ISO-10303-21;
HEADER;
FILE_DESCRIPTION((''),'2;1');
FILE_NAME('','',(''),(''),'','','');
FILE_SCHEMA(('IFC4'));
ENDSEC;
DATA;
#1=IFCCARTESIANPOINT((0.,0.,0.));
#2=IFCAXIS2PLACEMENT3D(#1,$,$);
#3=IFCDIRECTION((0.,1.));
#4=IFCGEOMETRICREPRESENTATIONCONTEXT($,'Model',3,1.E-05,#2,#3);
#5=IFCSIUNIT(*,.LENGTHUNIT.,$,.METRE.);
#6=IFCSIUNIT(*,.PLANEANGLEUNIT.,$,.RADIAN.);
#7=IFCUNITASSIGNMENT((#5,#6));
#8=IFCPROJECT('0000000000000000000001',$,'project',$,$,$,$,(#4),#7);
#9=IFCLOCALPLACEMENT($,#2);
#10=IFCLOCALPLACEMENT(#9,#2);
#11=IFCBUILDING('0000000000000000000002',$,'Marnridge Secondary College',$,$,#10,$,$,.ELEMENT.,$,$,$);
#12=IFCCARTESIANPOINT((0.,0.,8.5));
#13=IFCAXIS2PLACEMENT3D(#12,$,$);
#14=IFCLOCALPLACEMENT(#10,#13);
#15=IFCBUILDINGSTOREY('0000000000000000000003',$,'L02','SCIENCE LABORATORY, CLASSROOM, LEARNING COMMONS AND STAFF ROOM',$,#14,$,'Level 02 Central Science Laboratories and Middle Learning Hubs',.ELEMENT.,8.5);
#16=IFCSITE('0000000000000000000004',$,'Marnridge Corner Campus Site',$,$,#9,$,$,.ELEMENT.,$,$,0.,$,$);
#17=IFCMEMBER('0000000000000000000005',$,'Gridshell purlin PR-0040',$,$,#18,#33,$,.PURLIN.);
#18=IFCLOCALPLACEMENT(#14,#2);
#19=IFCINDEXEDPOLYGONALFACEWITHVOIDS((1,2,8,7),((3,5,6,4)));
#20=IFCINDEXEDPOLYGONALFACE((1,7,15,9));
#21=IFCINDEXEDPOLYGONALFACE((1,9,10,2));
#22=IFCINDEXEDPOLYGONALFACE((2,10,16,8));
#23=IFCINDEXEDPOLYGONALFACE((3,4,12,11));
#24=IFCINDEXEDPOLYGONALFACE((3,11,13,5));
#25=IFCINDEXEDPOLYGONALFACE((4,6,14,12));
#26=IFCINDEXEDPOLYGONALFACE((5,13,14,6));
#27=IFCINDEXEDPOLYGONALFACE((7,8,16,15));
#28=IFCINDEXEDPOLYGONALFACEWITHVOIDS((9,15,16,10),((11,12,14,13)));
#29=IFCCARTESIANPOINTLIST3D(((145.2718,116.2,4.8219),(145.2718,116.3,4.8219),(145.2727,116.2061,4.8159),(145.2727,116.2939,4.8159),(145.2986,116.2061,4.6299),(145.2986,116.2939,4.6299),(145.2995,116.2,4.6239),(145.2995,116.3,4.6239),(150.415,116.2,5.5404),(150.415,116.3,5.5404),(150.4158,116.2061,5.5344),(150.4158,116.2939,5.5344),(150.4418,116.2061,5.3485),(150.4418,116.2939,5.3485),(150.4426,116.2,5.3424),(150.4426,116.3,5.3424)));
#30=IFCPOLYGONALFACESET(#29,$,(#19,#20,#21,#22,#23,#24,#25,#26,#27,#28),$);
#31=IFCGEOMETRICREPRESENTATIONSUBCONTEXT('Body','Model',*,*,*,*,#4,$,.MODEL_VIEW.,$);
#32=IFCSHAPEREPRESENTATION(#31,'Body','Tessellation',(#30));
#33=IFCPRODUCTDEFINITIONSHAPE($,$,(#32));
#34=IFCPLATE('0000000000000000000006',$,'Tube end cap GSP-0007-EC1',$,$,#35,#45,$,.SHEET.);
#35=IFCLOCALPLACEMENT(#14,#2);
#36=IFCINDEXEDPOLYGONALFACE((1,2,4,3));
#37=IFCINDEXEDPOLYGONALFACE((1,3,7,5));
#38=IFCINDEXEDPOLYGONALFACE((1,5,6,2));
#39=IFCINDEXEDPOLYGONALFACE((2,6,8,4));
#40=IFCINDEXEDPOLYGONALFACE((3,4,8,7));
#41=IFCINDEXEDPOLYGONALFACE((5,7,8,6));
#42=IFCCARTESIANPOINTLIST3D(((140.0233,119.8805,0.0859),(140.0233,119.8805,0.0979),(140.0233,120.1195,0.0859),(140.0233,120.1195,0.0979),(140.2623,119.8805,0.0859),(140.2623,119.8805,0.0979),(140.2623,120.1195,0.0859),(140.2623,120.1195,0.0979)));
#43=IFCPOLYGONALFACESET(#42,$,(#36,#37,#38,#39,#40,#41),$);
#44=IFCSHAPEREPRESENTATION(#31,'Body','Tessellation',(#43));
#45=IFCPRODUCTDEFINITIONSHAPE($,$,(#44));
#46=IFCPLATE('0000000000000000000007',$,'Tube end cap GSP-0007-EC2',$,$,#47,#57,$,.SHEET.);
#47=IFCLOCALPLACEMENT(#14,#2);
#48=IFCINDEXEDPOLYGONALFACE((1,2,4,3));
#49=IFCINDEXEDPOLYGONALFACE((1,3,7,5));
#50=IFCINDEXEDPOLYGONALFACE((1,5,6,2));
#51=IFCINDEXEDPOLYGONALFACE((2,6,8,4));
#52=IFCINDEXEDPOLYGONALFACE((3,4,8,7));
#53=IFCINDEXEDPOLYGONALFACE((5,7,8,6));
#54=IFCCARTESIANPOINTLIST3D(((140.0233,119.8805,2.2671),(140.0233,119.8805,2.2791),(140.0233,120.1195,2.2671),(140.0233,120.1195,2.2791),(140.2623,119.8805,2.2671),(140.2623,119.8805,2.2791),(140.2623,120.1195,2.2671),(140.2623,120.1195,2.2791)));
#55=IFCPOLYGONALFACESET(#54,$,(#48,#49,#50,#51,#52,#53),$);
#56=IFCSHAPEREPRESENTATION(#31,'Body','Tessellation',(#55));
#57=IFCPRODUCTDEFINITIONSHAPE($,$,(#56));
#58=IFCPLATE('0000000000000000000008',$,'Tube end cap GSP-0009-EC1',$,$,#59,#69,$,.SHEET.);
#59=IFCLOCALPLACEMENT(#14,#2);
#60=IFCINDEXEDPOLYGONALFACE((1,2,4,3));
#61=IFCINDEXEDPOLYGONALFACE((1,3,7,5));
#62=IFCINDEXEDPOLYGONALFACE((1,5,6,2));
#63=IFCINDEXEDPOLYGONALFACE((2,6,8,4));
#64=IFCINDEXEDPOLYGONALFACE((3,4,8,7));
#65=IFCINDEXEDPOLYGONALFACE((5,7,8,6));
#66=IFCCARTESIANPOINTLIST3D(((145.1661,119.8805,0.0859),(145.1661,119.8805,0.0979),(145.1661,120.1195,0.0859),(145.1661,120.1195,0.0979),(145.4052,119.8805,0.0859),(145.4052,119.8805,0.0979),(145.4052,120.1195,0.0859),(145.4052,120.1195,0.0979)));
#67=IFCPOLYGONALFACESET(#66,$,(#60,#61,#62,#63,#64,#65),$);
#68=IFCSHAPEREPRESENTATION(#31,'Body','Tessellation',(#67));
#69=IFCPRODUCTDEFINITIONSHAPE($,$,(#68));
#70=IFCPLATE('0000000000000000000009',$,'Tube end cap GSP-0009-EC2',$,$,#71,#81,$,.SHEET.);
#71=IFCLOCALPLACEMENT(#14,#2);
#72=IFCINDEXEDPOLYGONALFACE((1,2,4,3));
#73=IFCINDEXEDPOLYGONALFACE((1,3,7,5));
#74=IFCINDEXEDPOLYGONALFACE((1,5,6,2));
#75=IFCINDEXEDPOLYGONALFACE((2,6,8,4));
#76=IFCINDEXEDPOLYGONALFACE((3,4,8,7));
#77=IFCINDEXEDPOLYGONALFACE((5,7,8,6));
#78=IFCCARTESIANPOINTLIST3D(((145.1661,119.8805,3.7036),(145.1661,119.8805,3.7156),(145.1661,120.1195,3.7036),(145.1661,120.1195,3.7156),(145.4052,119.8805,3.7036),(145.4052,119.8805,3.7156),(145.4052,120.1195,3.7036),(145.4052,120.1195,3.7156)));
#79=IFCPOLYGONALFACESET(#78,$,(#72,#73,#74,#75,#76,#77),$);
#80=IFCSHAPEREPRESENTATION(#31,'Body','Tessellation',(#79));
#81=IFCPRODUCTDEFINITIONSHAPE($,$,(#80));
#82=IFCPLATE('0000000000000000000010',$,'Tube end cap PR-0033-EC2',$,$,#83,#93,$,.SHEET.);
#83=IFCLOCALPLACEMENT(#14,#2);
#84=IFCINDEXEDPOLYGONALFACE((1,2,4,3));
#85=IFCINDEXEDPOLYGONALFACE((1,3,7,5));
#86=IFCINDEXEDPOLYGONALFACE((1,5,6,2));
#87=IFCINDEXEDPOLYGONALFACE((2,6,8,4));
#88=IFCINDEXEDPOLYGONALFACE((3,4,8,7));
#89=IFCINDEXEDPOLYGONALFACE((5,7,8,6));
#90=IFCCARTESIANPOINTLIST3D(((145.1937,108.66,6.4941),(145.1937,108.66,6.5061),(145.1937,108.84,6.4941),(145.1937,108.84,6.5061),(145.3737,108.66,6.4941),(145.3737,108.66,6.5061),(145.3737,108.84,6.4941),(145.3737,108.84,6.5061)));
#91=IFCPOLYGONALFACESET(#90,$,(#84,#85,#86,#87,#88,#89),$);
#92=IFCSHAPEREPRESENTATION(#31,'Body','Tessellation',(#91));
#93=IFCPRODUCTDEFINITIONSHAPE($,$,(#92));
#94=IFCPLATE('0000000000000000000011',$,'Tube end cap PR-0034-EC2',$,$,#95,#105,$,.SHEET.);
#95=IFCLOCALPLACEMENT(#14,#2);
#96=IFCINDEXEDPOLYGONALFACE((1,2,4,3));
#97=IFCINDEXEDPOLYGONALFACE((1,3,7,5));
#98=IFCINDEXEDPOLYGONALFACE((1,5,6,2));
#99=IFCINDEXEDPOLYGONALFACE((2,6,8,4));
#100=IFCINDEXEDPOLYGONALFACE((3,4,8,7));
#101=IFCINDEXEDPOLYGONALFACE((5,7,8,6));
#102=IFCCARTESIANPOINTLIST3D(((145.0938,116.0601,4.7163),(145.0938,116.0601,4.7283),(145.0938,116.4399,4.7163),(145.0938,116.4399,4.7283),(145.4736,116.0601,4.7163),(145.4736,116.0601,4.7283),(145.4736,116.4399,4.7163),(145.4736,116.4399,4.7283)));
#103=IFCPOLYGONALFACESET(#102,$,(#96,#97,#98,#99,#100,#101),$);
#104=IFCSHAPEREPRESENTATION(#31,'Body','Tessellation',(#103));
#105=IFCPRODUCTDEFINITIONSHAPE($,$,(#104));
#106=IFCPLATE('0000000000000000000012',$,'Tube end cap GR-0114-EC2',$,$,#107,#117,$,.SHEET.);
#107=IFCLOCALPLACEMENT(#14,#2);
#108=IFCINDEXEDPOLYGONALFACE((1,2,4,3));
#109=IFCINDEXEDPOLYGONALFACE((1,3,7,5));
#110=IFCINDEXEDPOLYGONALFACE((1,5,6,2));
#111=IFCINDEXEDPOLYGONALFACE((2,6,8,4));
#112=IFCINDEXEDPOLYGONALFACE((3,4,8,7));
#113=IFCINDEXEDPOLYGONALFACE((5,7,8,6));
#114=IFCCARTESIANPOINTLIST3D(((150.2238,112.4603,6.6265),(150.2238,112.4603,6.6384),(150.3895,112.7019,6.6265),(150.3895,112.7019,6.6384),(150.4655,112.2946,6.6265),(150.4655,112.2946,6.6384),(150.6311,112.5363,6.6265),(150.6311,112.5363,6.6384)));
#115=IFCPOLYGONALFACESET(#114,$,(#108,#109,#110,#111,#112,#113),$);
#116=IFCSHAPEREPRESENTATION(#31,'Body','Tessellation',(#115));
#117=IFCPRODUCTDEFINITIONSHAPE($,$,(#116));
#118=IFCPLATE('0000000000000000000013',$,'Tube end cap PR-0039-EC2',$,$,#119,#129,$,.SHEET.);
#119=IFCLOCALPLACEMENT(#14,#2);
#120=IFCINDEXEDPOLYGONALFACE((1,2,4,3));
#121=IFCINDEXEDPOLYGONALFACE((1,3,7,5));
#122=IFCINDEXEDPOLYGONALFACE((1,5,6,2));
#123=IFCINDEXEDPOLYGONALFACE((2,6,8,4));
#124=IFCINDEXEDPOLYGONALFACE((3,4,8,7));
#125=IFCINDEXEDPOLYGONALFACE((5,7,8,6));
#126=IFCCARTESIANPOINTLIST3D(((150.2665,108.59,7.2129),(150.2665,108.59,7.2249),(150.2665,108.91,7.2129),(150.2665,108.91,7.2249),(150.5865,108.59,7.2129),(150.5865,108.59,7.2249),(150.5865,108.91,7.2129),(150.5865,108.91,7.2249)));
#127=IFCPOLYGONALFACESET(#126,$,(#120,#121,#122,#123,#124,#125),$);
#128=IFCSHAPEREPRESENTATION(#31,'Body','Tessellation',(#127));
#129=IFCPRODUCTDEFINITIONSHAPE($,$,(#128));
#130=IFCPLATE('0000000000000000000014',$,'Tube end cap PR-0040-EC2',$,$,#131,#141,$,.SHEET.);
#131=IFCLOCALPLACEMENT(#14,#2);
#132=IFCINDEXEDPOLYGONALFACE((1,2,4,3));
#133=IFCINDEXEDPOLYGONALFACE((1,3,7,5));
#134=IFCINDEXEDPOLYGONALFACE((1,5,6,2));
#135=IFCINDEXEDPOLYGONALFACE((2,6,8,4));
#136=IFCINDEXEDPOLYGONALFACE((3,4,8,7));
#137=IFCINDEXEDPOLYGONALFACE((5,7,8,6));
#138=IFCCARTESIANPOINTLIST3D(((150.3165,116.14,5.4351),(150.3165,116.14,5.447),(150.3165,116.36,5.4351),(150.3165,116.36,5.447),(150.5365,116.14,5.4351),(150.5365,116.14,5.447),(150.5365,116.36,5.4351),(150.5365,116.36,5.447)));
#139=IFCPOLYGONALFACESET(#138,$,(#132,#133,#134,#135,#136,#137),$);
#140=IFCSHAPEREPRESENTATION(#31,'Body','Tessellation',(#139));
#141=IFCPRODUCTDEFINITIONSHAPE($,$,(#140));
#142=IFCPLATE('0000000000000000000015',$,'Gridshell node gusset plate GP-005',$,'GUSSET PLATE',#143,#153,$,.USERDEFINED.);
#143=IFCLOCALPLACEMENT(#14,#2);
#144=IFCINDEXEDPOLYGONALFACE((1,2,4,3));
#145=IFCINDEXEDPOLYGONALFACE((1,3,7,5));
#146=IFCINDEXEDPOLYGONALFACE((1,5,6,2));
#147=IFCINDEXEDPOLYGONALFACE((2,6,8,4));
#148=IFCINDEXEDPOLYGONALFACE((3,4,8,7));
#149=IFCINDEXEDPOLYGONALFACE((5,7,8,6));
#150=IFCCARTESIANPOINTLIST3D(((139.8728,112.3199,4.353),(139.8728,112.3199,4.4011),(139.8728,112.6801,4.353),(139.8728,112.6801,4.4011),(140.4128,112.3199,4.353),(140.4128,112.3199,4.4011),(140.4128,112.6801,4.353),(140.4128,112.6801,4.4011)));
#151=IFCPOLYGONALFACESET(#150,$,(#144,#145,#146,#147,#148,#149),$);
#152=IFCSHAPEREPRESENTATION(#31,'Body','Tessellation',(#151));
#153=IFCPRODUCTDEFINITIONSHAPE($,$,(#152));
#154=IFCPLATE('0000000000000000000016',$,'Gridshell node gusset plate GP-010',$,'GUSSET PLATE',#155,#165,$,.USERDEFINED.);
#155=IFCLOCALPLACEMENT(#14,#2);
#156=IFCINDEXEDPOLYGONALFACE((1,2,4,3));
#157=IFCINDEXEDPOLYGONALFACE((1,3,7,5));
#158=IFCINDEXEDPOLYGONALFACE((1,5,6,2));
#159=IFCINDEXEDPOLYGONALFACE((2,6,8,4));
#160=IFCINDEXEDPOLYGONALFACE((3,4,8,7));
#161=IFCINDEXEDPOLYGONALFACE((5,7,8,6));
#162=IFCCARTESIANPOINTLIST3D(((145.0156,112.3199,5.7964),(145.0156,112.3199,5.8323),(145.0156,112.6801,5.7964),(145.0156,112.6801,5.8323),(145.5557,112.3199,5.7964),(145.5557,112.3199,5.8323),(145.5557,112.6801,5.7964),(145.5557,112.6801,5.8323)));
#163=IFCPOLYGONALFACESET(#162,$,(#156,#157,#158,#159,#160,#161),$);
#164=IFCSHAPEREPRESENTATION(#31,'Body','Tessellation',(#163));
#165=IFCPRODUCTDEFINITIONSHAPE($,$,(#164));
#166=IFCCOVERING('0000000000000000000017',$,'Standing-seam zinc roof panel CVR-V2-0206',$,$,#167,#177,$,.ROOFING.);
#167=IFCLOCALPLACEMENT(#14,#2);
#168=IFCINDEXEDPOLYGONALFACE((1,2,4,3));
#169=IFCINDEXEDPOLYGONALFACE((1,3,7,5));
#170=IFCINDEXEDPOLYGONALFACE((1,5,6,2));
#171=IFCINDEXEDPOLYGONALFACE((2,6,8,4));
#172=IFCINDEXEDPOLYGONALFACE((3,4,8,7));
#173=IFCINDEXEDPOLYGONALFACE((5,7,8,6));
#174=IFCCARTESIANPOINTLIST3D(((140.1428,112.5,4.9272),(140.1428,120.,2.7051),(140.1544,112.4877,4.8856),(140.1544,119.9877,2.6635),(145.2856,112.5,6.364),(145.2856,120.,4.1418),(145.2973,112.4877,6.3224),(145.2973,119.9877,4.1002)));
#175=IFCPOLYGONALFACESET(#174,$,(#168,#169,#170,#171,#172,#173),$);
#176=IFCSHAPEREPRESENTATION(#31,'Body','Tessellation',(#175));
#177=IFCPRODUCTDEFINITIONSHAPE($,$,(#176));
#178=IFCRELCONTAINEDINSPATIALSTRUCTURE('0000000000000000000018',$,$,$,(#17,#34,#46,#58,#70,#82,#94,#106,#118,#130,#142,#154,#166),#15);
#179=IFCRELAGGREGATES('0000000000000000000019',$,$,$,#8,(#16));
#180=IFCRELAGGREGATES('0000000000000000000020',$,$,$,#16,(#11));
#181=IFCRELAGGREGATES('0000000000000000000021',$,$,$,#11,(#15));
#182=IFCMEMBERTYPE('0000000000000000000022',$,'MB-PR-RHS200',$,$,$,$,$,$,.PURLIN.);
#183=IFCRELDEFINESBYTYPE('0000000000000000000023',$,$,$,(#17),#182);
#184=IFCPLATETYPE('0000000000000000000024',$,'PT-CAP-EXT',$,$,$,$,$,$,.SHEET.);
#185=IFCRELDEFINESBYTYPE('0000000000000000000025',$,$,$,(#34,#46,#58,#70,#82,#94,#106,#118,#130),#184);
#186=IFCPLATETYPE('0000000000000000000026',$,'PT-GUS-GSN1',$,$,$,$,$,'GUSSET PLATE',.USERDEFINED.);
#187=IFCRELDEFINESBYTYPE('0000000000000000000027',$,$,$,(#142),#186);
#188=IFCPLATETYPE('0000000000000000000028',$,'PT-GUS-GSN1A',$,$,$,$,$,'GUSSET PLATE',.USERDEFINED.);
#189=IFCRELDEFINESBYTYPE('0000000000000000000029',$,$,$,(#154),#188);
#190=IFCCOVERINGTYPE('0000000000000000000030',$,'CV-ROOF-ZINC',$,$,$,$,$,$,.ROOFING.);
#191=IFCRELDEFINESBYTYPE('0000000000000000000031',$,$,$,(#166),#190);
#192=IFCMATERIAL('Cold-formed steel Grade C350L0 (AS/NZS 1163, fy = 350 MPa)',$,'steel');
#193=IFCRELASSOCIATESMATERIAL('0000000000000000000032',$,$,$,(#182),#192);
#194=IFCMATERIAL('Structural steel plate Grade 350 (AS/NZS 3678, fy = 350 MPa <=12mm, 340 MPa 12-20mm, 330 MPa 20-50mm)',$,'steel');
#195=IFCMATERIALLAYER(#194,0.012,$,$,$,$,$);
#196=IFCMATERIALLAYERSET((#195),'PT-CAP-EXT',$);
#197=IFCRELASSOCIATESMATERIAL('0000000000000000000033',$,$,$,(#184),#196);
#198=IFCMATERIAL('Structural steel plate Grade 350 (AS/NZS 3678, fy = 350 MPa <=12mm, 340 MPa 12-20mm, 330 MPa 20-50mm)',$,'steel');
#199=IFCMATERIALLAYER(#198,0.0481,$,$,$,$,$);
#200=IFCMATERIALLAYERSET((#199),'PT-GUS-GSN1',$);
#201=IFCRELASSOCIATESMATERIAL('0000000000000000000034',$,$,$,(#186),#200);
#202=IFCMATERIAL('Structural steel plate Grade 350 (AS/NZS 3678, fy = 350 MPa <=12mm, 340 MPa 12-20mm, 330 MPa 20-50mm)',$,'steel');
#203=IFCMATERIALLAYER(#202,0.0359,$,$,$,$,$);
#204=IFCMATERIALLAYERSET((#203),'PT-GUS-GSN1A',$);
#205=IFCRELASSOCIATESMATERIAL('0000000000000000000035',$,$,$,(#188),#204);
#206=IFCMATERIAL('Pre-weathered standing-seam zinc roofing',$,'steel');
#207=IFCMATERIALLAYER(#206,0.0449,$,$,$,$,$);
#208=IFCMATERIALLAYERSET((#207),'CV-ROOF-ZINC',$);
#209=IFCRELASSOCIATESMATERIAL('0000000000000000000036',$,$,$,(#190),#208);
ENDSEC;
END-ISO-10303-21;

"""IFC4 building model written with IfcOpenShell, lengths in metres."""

from ifc_helpers import new_model, si_unit, direction, frame, origin, origin_2d, place, context, subcontext, project, spatial, polyline, rectangle, hollow_rectangle, outline, extrude, material, layer, layer_set, material_profile, profile_set, type_object, element, save


model = new_model("IFC4")

# Units and contexts
model_context = context("Model", 3, precision=1e-05, world=origin(), true_north=direction((0.0, 1.0)))
body_context = subcontext(model_context, "Body", "Model", "MODEL_VIEW")
ifc_project = project(units=[si_unit("LENGTHUNIT", "METRE"), si_unit("PLANEANGLEUNIT", "RADIAN")], contexts=[model_context])

# Site, building, storey
site_placement = place(None, origin())
site = spatial("IfcSite", under=ifc_project, at=site_placement, Name="Marnridge Corner Campus Site", CompositionType="ELEMENT", RefElevation=0.0)
building_placement = place(site_placement, origin())
building = spatial("IfcBuilding", under=site, at=building_placement, Name="Marnridge Secondary College", CompositionType="ELEMENT")
storey_placement = place(building_placement, frame((0.0, 0.0, 8.5)))
storey = spatial("IfcBuildingStorey", under=building, at=storey_placement, Name="L02", Description="SCIENCE LABORATORY, CLASSROOM, LEARNING COMMONS AND STAFF ROOM", LongName="Level 02 Central Science Laboratories and Middle Learning Hubs", CompositionType="ELEMENT", Elevation=8.5)

# Member
ifc_material_1 = material(Name="Cold-formed steel Grade C350L0 (AS/NZS 1163, fy = 350 MPa)", Category="steel")
ifc_material_profile_1 = material_profile(ifc_material_1, hollow_rectangle(XDim=0.1001, YDim=0.2, WallThickness=0.0061, at=origin_2d()), Name="200x100x6.0RHS")
ifc_profile_set_1 = profile_set([ifc_material_profile_1], Name="Cold-formed steel Grade C350L0 (AS/NZS 1163, fy = 350 MPa)")
member_type_1 = type_object("IfcMemberType", Name="MB-PR-RHS200", PredefinedType="PURLIN", material=ifc_profile_set_1)
member_1_placement = place(storey_placement, frame((145.2856, 116.25, 4.7229), z_axis=(0.990382, 0.0, 0.13836), x_axis=(0.0, 1.0, 0.0)))
element("IfcMember", 1, at=member_1_placement, inside=storey, type_object=member_type_1, Name="Gridshell purlin PR-0040", PredefinedType="PURLIN", context=body_context, shape_type="SweptSolid", body=[
    extrude(hollow_rectangle(XDim=0.1001, YDim=0.2, WallThickness=0.0061, at=origin_2d()), origin(), (0.0, 0.0, 1.0), 5.1931),
])

# Plates
ifc_material_2 = material(Name="Structural steel plate Grade 350 (AS/NZS 3678, fy = 350 MPa <=12mm, 340 MPa 12-20mm, 330 MPa 20-50mm)", Category="steel")
ifc_layer_1 = layer(ifc_material_2, 0.012)
ifc_layer_set_1 = layer_set([ifc_layer_1], Name="PT-CAP-EXT")
plate_type_1 = type_object("IfcPlateType", Name="PT-CAP-EXT", PredefinedType="SHEET", material=ifc_layer_set_1)
for number, where, z_axis, x_axis, name in (
    (2, (140.1428, 120.0, 0.0859), (0.0, 0.0, 1.0), (1.0, 0.0, 0.0), "Tube end cap GSP-0007-EC1"),
    (3, (140.1428, 120.0, 2.2671), (0.0, 0.0, 1.0), (1.0, 0.0, 0.0), "Tube end cap GSP-0007-EC2"),
    (4, (145.2856, 120.0, 0.0859), (0.0, 0.0, 1.0), (1.0, 0.0, 0.0), "Tube end cap GSP-0009-EC1"),
    (5, (145.2856, 120.0, 3.7036), (0.0, 0.0, 1.0), (1.0, 0.0, 0.0), "Tube end cap GSP-0009-EC2"),
):
    element("IfcPlate", number, at=place(storey_placement, frame(where, z_axis=z_axis, x_axis=x_axis)), inside=storey, type_object=plate_type_1, Name=name, PredefinedType="SHEET", context=body_context, shape_type="SweptSolid", body=[
        extrude(rectangle(XDim=0.239, YDim=0.239, at=origin_2d()), origin(), (0.0, 0.0, 1.0), 0.012),
    ])
plate_1_placement = place(storey_placement, frame((145.2837, 108.75, 6.4941), z_axis=(0.0, 0.0, 1.0), x_axis=(1.0, 0.0, 0.0)))
element("IfcPlate", 6, at=plate_1_placement, inside=storey, type_object=plate_type_1, Name="Tube end cap PR-0033-EC2", PredefinedType="SHEET", context=body_context, shape_type="SweptSolid", body=[
    extrude(rectangle(XDim=0.1799, YDim=0.1799, at=origin_2d()), origin(), (0.0, 0.0, 1.0), 0.012),
])
plate_2_placement = place(storey_placement, frame((145.2837, 116.25, 4.7163), z_axis=(0.0, 0.0, 1.0), x_axis=(1.0, 0.0, 0.0)))
element("IfcPlate", 7, at=plate_2_placement, inside=storey, type_object=plate_type_1, Name="Tube end cap PR-0034-EC2", PredefinedType="SHEET", context=body_context, shape_type="SweptSolid", body=[
    extrude(rectangle(XDim=0.3799, YDim=0.3799, at=origin_2d()), origin(), (0.0, 0.0, 1.0), 0.012),
])
plate_3_placement = place(storey_placement, frame((150.4275, 112.4983, 6.6265), z_axis=(0.0, 0.0, 1.0), x_axis=(0.565543, 0.824719, 0.0)))
element("IfcPlate", 8, at=plate_3_placement, inside=storey, type_object=plate_type_1, Name="Tube end cap GR-0114-EC2", PredefinedType="SHEET", context=body_context, shape_type="SweptSolid", body=[
    extrude(rectangle(XDim=0.293, YDim=0.293, at=origin_2d()), origin(), (0.0, 0.0, 1.0), 0.012),
])
plate_4_placement = place(storey_placement, frame((150.4265, 108.75, 7.2129), z_axis=(0.0, 0.0, 1.0), x_axis=(1.0, 0.0, 0.0)))
element("IfcPlate", 9, at=plate_4_placement, inside=storey, type_object=plate_type_1, Name="Tube end cap PR-0039-EC2", PredefinedType="SHEET", context=body_context, shape_type="SweptSolid", body=[
    extrude(rectangle(XDim=0.3201, YDim=0.3201, at=origin_2d()), origin(), (0.0, 0.0, 1.0), 0.012),
])
plate_5_placement = place(storey_placement, frame((150.4265, 116.25, 5.4351), z_axis=(0.0, 0.0, 1.0), x_axis=(1.0, 0.0, 0.0)))
element("IfcPlate", 10, at=plate_5_placement, inside=storey, type_object=plate_type_1, Name="Tube end cap PR-0040-EC2", PredefinedType="SHEET", context=body_context, shape_type="SweptSolid", body=[
    extrude(rectangle(XDim=0.22, YDim=0.22, at=origin_2d()), origin(), (0.0, 0.0, 1.0), 0.012),
])
ifc_material_3 = material(Name="Structural steel plate Grade 350 (AS/NZS 3678, fy = 350 MPa <=12mm, 340 MPa 12-20mm, 330 MPa 20-50mm)", Category="steel")
ifc_layer_2 = layer(ifc_material_3, 0.0481)
ifc_layer_set_2 = layer_set([ifc_layer_2], Name="PT-GUS-GSN1")
plate_type_2 = type_object("IfcPlateType", Name="PT-GUS-GSN1", ElementType="GUSSET PLATE", PredefinedType="USERDEFINED", material=ifc_layer_set_2)
plate_6_placement = place(storey_placement, frame((140.1428, 112.5, 4.353), z_axis=(0.0, 0.0, 1.0), x_axis=(1.0, 0.0, 0.0)))
element("IfcPlate", 11, at=plate_6_placement, inside=storey, type_object=plate_type_2, Name="Gridshell node gusset plate GP-005", ObjectType="GUSSET PLATE", PredefinedType="USERDEFINED", context=body_context, shape_type="SweptSolid", body=[
    extrude(rectangle(XDim=0.54, YDim=0.3601, at=origin_2d()), origin(), (0.0, 0.0, 1.0), 0.0481),
])
ifc_material_4 = material(Name="Structural steel plate Grade 350 (AS/NZS 3678, fy = 350 MPa <=12mm, 340 MPa 12-20mm, 330 MPa 20-50mm)", Category="steel")
ifc_layer_3 = layer(ifc_material_4, 0.0359)
ifc_layer_set_3 = layer_set([ifc_layer_3], Name="PT-GUS-GSN1A")
plate_type_3 = type_object("IfcPlateType", Name="PT-GUS-GSN1A", ElementType="GUSSET PLATE", PredefinedType="USERDEFINED", material=ifc_layer_set_3)
plate_7_placement = place(storey_placement, frame((145.2856, 112.5, 5.7964), z_axis=(0.0, 0.0, 1.0), x_axis=(1.0, 0.0, 0.0)))
element("IfcPlate", 12, at=plate_7_placement, inside=storey, type_object=plate_type_3, Name="Gridshell node gusset plate GP-010", ObjectType="GUSSET PLATE", PredefinedType="USERDEFINED", context=body_context, shape_type="SweptSolid", body=[
    extrude(rectangle(XDim=0.54, YDim=0.3601, at=origin_2d()), origin(), (0.0, 0.0, 1.0), 0.0359),
])

# Covering
ifc_material_5 = material(Name="Pre-weathered standing-seam zinc roofing", Category="steel")
ifc_layer_4 = layer(ifc_material_5, 0.0449)
ifc_layer_set_4 = layer_set([ifc_layer_4], Name="CV-ROOF-ZINC")
covering_type = type_object("IfcCoveringType", Name="CV-ROOF-ZINC", PredefinedType="ROOFING", material=ifc_layer_set_4)
covering_placement = place(storey_placement, frame((140.1428, 112.5, 4.9272), z_axis=(-0.258742, 0.274408, 0.92615), x_axis=(0.963121, 0.0, 0.26907)))
element("IfcCovering", 13, at=covering_placement, inside=storey, type_object=covering_type, Name="Standing-seam zinc roof panel CVR-V2-0206", PredefinedType="ROOFING", context=body_context, shape_type="SweptSolid", body=[
    extrude(outline(polyline([(0.0, 0.0), (5.3397, 0.0), (4.7418, 7.7994), (-0.5979, 7.7994), (0.0, 0.0)])), origin(), (0.0, 0.0, -1.0), 0.0449),
])

save(model, "model.ifc")
